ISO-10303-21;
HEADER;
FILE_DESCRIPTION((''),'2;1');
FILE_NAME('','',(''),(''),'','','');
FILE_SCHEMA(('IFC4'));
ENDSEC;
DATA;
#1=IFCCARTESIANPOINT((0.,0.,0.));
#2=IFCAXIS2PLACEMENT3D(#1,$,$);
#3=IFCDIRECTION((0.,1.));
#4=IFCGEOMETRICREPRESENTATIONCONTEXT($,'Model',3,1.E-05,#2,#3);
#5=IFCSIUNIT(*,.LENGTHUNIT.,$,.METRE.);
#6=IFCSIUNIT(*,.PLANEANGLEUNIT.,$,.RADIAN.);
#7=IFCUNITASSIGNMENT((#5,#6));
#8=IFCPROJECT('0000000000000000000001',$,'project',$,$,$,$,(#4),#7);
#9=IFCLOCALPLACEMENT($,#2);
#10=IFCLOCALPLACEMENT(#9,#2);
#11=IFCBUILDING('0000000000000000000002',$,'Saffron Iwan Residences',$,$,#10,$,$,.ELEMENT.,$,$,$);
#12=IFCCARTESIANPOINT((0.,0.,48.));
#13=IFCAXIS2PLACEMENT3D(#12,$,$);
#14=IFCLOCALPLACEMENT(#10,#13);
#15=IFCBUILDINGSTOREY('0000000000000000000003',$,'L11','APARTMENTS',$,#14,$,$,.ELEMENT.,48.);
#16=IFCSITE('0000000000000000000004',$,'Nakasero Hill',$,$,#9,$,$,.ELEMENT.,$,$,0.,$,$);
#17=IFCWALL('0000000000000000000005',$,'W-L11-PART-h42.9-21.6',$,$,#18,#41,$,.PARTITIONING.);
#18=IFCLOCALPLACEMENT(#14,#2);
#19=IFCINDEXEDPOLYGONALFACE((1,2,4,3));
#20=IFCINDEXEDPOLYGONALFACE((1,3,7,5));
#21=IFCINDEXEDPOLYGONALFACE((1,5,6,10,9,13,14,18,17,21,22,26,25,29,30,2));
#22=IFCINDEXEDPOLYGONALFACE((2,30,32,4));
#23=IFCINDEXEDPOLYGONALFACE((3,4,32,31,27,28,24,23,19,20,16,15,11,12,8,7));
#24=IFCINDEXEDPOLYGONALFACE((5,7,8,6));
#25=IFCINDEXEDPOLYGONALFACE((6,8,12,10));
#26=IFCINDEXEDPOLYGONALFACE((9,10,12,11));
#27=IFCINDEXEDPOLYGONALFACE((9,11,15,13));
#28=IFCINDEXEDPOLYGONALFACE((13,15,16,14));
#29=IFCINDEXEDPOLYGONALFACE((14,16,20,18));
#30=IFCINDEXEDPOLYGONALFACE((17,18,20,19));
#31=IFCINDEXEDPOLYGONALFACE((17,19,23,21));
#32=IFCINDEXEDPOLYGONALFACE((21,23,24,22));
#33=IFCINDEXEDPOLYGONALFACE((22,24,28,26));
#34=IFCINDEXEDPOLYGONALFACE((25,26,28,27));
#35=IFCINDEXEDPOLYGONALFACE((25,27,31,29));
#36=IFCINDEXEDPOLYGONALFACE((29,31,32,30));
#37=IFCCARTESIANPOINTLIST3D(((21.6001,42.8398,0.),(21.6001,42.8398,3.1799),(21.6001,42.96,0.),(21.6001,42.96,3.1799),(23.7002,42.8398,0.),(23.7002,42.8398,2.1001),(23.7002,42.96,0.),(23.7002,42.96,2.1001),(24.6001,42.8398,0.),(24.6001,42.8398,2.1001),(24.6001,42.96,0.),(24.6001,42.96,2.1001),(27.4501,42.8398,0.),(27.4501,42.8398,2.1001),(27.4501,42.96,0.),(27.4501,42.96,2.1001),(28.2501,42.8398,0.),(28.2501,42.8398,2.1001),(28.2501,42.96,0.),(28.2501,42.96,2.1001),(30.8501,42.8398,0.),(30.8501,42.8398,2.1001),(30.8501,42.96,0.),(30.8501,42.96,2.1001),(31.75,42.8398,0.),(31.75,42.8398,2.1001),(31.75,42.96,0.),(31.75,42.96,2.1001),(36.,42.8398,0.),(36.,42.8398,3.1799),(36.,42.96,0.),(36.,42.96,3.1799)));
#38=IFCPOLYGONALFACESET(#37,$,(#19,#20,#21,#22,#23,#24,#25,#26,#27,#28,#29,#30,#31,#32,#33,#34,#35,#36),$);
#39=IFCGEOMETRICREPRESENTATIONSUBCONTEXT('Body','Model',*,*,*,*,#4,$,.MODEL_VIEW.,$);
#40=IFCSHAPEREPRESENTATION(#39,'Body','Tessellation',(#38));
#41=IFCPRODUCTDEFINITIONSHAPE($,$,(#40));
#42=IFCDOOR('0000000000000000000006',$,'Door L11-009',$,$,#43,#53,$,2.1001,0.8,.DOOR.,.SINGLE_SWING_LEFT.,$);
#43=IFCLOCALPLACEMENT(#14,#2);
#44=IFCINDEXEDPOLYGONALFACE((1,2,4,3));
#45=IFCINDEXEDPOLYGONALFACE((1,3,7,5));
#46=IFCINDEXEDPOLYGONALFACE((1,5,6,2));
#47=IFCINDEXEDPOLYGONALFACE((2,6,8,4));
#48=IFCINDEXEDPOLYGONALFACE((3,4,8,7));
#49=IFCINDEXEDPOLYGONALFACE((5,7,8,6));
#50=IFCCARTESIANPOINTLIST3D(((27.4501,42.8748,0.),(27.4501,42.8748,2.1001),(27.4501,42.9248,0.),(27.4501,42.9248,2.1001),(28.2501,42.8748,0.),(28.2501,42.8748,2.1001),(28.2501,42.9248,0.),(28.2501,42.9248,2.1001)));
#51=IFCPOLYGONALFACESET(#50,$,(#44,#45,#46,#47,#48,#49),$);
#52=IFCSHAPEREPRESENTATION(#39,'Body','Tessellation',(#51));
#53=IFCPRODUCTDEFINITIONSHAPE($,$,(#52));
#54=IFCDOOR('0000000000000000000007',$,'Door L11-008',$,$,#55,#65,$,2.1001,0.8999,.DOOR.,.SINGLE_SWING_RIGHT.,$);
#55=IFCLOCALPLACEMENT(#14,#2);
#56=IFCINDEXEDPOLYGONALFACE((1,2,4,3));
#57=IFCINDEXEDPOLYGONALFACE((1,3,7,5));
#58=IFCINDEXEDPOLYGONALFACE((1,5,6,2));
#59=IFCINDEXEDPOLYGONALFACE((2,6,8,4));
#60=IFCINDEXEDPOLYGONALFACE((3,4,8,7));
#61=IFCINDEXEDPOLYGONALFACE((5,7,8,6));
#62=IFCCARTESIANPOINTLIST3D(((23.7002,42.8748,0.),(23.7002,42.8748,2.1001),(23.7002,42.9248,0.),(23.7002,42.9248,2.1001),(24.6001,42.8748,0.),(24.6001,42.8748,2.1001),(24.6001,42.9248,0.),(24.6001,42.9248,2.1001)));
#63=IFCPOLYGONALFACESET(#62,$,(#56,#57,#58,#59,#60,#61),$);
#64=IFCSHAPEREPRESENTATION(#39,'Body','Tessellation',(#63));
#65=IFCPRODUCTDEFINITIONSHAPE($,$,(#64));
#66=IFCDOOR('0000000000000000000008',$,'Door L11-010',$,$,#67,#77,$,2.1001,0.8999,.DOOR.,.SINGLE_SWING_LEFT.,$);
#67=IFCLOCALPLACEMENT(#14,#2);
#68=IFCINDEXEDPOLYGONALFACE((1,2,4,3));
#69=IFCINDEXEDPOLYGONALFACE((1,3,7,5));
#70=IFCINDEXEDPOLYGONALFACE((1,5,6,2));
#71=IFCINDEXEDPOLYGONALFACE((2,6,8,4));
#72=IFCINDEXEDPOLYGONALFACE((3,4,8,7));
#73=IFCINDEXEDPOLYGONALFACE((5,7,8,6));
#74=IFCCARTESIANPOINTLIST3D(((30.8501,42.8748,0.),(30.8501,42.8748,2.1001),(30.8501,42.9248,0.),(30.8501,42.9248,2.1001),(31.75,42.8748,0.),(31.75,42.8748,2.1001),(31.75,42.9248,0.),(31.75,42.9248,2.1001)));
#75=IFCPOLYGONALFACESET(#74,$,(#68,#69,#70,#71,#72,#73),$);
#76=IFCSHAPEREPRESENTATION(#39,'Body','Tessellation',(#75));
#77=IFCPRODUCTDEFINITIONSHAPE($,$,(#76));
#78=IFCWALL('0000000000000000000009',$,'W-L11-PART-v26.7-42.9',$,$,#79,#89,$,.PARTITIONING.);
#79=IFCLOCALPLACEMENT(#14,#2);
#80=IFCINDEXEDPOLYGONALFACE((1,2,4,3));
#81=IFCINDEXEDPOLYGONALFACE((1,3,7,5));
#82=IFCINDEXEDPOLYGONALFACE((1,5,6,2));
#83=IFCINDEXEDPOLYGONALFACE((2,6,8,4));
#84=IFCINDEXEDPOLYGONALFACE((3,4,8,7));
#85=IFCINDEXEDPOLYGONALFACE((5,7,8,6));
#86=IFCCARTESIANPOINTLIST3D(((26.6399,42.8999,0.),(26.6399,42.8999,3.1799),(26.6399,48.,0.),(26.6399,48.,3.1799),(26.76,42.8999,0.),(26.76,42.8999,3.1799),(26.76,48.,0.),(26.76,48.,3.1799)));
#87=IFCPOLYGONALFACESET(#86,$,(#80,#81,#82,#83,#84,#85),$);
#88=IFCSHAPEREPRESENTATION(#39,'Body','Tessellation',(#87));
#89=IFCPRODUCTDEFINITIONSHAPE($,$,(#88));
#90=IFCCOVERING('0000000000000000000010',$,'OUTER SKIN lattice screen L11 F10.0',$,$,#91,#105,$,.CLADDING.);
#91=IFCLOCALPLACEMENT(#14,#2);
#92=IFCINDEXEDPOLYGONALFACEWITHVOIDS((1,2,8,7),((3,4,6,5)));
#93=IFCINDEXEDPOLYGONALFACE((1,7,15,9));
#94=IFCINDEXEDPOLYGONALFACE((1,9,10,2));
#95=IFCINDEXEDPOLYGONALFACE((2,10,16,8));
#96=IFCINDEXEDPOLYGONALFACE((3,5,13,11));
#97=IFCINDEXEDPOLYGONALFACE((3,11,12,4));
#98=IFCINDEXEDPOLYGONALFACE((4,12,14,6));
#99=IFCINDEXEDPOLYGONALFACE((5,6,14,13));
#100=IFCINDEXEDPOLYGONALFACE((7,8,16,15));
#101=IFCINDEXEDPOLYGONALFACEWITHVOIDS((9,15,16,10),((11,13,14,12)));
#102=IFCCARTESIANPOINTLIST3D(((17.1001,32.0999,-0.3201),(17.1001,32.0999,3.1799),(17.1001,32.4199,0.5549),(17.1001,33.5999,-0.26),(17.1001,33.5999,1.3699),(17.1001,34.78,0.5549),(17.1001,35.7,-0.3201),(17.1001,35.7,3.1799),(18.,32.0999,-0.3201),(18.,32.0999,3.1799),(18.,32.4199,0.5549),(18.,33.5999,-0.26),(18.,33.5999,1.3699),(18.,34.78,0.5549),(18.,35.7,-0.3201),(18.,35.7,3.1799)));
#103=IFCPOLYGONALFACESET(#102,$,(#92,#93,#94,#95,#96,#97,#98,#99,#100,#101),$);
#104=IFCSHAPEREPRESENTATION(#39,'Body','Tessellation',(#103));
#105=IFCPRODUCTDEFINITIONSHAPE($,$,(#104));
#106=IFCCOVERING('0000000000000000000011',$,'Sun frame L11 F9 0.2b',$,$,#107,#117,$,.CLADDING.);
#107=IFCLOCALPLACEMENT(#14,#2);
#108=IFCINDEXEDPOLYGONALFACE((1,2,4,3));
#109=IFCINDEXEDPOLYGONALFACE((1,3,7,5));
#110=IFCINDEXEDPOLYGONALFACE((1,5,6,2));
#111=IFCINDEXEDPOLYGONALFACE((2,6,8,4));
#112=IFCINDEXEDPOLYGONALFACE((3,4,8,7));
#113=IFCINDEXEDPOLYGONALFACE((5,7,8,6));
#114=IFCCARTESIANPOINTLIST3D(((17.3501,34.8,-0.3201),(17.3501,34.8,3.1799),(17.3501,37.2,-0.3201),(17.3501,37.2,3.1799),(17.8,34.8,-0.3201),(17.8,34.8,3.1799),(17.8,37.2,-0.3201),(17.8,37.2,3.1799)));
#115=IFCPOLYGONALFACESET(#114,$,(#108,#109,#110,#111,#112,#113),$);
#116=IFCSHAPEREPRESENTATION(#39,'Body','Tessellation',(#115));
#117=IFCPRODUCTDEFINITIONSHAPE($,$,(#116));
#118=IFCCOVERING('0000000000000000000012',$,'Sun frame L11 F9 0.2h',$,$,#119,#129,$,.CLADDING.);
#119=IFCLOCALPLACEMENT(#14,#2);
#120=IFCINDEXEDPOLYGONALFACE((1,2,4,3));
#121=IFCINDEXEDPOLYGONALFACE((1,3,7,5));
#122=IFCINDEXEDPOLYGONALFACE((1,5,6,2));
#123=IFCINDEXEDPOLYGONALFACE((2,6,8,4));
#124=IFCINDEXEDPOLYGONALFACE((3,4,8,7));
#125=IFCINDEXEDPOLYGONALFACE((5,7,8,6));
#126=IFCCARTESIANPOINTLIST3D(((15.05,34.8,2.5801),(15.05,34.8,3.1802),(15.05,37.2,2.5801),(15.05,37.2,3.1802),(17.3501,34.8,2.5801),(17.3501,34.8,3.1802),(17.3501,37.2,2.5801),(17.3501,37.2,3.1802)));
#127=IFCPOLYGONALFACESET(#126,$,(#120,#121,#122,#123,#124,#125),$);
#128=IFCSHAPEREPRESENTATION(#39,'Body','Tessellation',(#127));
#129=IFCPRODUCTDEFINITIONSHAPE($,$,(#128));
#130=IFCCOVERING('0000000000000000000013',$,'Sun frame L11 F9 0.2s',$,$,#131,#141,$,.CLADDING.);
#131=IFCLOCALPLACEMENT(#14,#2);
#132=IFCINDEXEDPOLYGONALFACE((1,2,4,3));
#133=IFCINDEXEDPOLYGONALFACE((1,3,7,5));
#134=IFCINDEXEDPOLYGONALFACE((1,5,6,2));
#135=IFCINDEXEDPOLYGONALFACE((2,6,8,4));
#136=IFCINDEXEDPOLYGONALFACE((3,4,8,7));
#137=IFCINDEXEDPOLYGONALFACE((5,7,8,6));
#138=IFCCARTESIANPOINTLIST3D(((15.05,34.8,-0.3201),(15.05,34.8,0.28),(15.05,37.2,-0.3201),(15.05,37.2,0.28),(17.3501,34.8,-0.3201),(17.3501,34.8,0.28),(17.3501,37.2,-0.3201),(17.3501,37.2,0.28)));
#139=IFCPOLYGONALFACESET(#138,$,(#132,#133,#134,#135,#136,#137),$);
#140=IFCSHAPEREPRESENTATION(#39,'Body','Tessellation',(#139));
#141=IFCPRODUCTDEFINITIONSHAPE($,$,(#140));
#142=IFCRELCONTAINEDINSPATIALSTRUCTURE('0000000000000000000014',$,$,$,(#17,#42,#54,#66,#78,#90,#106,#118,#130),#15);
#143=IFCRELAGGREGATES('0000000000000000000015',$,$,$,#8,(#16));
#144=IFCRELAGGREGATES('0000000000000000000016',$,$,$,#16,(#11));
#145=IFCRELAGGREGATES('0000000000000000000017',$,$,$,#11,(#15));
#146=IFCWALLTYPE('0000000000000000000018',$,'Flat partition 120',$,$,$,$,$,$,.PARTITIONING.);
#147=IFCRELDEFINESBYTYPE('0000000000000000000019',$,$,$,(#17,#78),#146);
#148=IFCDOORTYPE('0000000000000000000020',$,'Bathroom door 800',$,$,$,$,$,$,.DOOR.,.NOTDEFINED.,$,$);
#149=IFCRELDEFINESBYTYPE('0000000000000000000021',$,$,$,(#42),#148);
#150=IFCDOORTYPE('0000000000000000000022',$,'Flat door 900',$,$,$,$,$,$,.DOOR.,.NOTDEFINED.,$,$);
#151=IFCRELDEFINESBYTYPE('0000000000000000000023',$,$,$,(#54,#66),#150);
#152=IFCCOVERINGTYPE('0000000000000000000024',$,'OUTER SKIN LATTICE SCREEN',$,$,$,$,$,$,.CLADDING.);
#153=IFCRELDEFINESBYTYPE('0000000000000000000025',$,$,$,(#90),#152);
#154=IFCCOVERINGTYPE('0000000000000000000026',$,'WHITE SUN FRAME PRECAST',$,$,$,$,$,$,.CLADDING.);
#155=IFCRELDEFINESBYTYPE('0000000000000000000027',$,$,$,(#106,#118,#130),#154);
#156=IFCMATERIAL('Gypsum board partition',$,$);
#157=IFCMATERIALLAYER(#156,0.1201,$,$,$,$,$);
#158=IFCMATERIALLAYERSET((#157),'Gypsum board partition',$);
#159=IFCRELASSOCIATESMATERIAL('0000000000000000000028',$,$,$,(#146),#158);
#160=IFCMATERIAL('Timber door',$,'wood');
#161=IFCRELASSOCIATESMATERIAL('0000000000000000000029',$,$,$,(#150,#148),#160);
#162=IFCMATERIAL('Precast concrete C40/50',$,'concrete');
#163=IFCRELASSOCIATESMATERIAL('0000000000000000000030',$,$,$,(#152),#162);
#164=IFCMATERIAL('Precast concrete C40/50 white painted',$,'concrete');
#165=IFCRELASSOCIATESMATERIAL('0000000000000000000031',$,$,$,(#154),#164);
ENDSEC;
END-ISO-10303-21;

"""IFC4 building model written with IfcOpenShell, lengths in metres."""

from ifc_helpers import new_model, si_unit, direction, frame, frame_2d, origin, place, context, subcontext, project, spatial, polyline, rectangle, outline, extrude, material, layer, layer_set, type_object, element, fill, save


model = new_model("IFC4")

# Units and contexts
model_context = context("Model", 3, precision=1e-05, world=origin(), true_north=direction((0.0, 1.0)))
body_context = subcontext(model_context, "Body", "Model", "MODEL_VIEW")
ifc_project = project(units=[si_unit("LENGTHUNIT", "METRE"), si_unit("PLANEANGLEUNIT", "RADIAN")], contexts=[model_context])

# Site, building, storey
site_placement = place(None, origin())
site = spatial("IfcSite", under=ifc_project, at=site_placement, Name="Nakasero Hill", CompositionType="ELEMENT", RefElevation=0.0)
building_placement = place(site_placement, origin())
building = spatial("IfcBuilding", under=site, at=building_placement, Name="Saffron Iwan Residences", CompositionType="ELEMENT")
storey_placement = place(building_placement, frame((0.0, 0.0, 48.0)))
storey = spatial("IfcBuildingStorey", under=building, at=storey_placement, Name="L11", Description="APARTMENTS", CompositionType="ELEMENT", Elevation=48.0)

# Shared definitions
ifc_material_1 = material(Name="Gypsum board partition")
ifc_layer_1 = layer(ifc_material_1, 0.1201)
ifc_layer_set_1 = layer_set([ifc_layer_1], Name="Gypsum board partition")
wall_type_1 = type_object("IfcWallType", Name="Flat partition 120", PredefinedType="PARTITIONING", material=ifc_layer_set_1)

# Shared definitions
ifc_material_2 = material(Name="Timber door", Category="wood")
door_type_1 = type_object("IfcDoorType", Name="Flat door 900", OperationType="NOTDEFINED", PredefinedType="DOOR", material=ifc_material_2)

# Wall, openings, doors
wall_1_placement = place(storey_placement, frame((21.6001, 42.8999, 0.0), z_axis=(0.0, 0.0, 1.0), x_axis=(1.0, 0.0, 0.0)))
wall_1 = element("IfcWall", 1, at=wall_1_placement, inside=storey, type_object=wall_type_1, Name="W-L11-PART-h42.9-21.6", PredefinedType="PARTITIONING", context=body_context, shape_type="SweptSolid", body=[
    extrude(rectangle(XDim=14.3999, YDim=0.1201, at=frame_2d((7.2, 0.0))), origin(), (0.0, 0.0, 1.0), 3.1799),
])
opening_1_placement = place(wall_1_placement, frame((2.1001, 0.0, 0.0)))
opening_1 = element("IfcOpeningElement", 2, at=opening_1_placement, cuts=wall_1, PredefinedType="OPENING", context=body_context, shape_type="SweptSolid", body=[
    extrude(rectangle(XDim=0.8999, YDim=2.1001, at=frame_2d((0.45, 1.05))), frame((0.0, 0.0701, 0.0), z_axis=(0.0, -1.0, 0.0), x_axis=(1.0, 0.0, 0.0)), (0.0, 0.0, 1.0), 0.1401),
])
opening_2_placement = place(wall_1_placement, frame((5.8501, 0.0, 0.0)))
opening_2 = element("IfcOpeningElement", 3, at=opening_2_placement, cuts=wall_1, PredefinedType="OPENING", context=body_context, shape_type="SweptSolid", body=[
    extrude(rectangle(XDim=0.8, YDim=2.1001, at=frame_2d((0.3999, 1.05))), frame((0.0, 0.0701, 0.0), z_axis=(0.0, -1.0, 0.0), x_axis=(1.0, 0.0, 0.0)), (0.0, 0.0, 1.0), 0.1401),
])
opening_3_placement = place(wall_1_placement, frame((9.25, 0.0, 0.0)))
opening_3 = element("IfcOpeningElement", 4, at=opening_3_placement, cuts=wall_1, PredefinedType="OPENING", context=body_context, shape_type="SweptSolid", body=[
    extrude(rectangle(XDim=0.8999, YDim=2.1001, at=frame_2d((0.45, 1.05))), frame((0.0, 0.0701, 0.0), z_axis=(0.0, -1.0, 0.0), x_axis=(1.0, 0.0, 0.0)), (0.0, 0.0, 1.0), 0.1401),
])
door_type_2 = type_object("IfcDoorType", Name="Bathroom door 800", OperationType="NOTDEFINED", PredefinedType="DOOR", material=ifc_material_2)
door_1_placement = place(opening_2_placement, origin())
door_1 = element("IfcDoor", 5, at=door_1_placement, inside=storey, type_object=door_type_2, Name="Door L11-009", OperationType="SINGLE_SWING_LEFT", OverallHeight=2.1001, OverallWidth=0.8, PredefinedType="DOOR", context=body_context, shape_type="SweptSolid", body=[
    extrude(rectangle(XDim=0.8, YDim=2.1001, at=frame_2d((0.3999, 1.05))), frame((0.0, 0.0249, 0.0), z_axis=(0.0, -1.0, 0.0), x_axis=(1.0, 0.0, 0.0)), (0.0, 0.0, 1.0), 0.05),
])
fill(opening_2, door_1)
door_2_placement = place(opening_1_placement, origin())
door_2 = element("IfcDoor", 6, at=door_2_placement, inside=storey, type_object=door_type_1, Name="Door L11-008", OperationType="SINGLE_SWING_RIGHT", OverallHeight=2.1001, OverallWidth=0.8999, PredefinedType="DOOR", context=body_context, shape_type="SweptSolid", body=[
    extrude(rectangle(XDim=0.8999, YDim=2.1001, at=frame_2d((0.45, 1.05))), frame((0.0, 0.0249, 0.0), z_axis=(0.0, -1.0, 0.0), x_axis=(1.0, 0.0, 0.0)), (0.0, 0.0, 1.0), 0.05),
])
fill(opening_1, door_2)
door_3_placement = place(opening_3_placement, origin())
door_3 = element("IfcDoor", 7, at=door_3_placement, inside=storey, type_object=door_type_1, Name="Door L11-010", OperationType="SINGLE_SWING_LEFT", OverallHeight=2.1001, OverallWidth=0.8999, PredefinedType="DOOR", context=body_context, shape_type="SweptSolid", body=[
    extrude(rectangle(XDim=0.8999, YDim=2.1001, at=frame_2d((0.45, 1.05))), frame((0.0, 0.0249, 0.0), z_axis=(0.0, -1.0, 0.0), x_axis=(1.0, 0.0, 0.0)), (0.0, 0.0, 1.0), 0.05),
])
fill(opening_3, door_3)

# Wall
wall_2_placement = place(storey_placement, frame((26.7, 42.8999, 0.0), z_axis=(0.0, 0.0, 1.0), x_axis=(0.0, 1.0, 0.0)))
element("IfcWall", 8, at=wall_2_placement, inside=storey, type_object=wall_type_1, Name="W-L11-PART-v26.7-42.9", PredefinedType="PARTITIONING", context=body_context, shape_type="SweptSolid", body=[
    extrude(rectangle(XDim=5.1001, YDim=0.1201, at=frame_2d((2.55, 0.0))), origin(), (0.0, 0.0, 1.0), 3.1799),
])

# Coverings
ifc_material_3 = material(Name="Precast concrete C40/50", Category="concrete")
covering_type_1 = type_object("IfcCoveringType", Name="OUTER SKIN LATTICE SCREEN", PredefinedType="CLADDING", material=ifc_material_3)
covering_1_placement = place(storey_placement, frame((18.0, 35.7, -0.3201), z_axis=(-1.0, 0.0, 0.0), x_axis=(0.0, -1.0, 0.0)))
element("IfcCovering", 9, at=covering_1_placement, inside=storey, type_object=covering_type_1, Name="OUTER SKIN lattice screen L11 F10.0", PredefinedType="CLADDING", context=body_context, shape_type="SweptSolid", body=[
    extrude(outline(polyline([(0.0, 0.0), (3.6001, 0.0), (3.6001, 3.5), (0.0, 3.5), (0.0, 0.0)]), holes=[polyline([(0.9199, 0.875), (2.1001, 0.0601), (3.28, 0.875), (2.1001, 1.6899), (0.9199, 0.875)])]), origin(), (0.0, 0.0, 1.0), 0.8999),
])
ifc_material_4 = material(Name="Precast concrete C40/50 white painted", Category="concrete")
covering_type_2 = type_object("IfcCoveringType", Name="WHITE SUN FRAME PRECAST", PredefinedType="CLADDING", material=ifc_material_4)
covering_2_placement = place(storey_placement, frame((17.3501, 37.2, -0.3201), z_axis=(0.0, -1.0, 0.0), x_axis=(1.0, 0.0, 0.0)))
element("IfcCovering", 10, at=covering_2_placement, inside=storey, type_object=covering_type_2, Name="Sun frame L11 F9 0.2b", PredefinedType="CLADDING", context=body_context, shape_type="SweptSolid", body=[
    extrude(outline(polyline([(0.0, 0.0), (0.45, 0.0), (0.45, 3.5), (0.0, 3.5), (0.0, 0.0)])), origin(), (0.0, 0.0, 1.0), 2.3999),
])
for number, where, z_axis, x_axis, name in (
    (11, (15.05, 37.2, 2.5801), (0.0, -1.0, 0.0), (1.0, 0.0, 0.0), "Sun frame L11 F9 0.2h"),
    (12, (15.05, 37.2, -0.3201), (0.0, -1.0, 0.0), (1.0, 0.0, 0.0), "Sun frame L11 F9 0.2s"),
):
    element("IfcCovering", number, at=place(storey_placement, frame(where, z_axis=z_axis, x_axis=x_axis)), inside=storey, type_object=covering_type_2, Name=name, PredefinedType="CLADDING", context=body_context, shape_type="SweptSolid", body=[
        extrude(outline(polyline([(0.0, 0.0), (2.3, 0.0), (2.3, 0.6001), (0.0, 0.6001), (0.0, 0.0)])), origin(), (0.0, 0.0, 1.0), 2.3999),
    ])

save(model, "model.ifc")
